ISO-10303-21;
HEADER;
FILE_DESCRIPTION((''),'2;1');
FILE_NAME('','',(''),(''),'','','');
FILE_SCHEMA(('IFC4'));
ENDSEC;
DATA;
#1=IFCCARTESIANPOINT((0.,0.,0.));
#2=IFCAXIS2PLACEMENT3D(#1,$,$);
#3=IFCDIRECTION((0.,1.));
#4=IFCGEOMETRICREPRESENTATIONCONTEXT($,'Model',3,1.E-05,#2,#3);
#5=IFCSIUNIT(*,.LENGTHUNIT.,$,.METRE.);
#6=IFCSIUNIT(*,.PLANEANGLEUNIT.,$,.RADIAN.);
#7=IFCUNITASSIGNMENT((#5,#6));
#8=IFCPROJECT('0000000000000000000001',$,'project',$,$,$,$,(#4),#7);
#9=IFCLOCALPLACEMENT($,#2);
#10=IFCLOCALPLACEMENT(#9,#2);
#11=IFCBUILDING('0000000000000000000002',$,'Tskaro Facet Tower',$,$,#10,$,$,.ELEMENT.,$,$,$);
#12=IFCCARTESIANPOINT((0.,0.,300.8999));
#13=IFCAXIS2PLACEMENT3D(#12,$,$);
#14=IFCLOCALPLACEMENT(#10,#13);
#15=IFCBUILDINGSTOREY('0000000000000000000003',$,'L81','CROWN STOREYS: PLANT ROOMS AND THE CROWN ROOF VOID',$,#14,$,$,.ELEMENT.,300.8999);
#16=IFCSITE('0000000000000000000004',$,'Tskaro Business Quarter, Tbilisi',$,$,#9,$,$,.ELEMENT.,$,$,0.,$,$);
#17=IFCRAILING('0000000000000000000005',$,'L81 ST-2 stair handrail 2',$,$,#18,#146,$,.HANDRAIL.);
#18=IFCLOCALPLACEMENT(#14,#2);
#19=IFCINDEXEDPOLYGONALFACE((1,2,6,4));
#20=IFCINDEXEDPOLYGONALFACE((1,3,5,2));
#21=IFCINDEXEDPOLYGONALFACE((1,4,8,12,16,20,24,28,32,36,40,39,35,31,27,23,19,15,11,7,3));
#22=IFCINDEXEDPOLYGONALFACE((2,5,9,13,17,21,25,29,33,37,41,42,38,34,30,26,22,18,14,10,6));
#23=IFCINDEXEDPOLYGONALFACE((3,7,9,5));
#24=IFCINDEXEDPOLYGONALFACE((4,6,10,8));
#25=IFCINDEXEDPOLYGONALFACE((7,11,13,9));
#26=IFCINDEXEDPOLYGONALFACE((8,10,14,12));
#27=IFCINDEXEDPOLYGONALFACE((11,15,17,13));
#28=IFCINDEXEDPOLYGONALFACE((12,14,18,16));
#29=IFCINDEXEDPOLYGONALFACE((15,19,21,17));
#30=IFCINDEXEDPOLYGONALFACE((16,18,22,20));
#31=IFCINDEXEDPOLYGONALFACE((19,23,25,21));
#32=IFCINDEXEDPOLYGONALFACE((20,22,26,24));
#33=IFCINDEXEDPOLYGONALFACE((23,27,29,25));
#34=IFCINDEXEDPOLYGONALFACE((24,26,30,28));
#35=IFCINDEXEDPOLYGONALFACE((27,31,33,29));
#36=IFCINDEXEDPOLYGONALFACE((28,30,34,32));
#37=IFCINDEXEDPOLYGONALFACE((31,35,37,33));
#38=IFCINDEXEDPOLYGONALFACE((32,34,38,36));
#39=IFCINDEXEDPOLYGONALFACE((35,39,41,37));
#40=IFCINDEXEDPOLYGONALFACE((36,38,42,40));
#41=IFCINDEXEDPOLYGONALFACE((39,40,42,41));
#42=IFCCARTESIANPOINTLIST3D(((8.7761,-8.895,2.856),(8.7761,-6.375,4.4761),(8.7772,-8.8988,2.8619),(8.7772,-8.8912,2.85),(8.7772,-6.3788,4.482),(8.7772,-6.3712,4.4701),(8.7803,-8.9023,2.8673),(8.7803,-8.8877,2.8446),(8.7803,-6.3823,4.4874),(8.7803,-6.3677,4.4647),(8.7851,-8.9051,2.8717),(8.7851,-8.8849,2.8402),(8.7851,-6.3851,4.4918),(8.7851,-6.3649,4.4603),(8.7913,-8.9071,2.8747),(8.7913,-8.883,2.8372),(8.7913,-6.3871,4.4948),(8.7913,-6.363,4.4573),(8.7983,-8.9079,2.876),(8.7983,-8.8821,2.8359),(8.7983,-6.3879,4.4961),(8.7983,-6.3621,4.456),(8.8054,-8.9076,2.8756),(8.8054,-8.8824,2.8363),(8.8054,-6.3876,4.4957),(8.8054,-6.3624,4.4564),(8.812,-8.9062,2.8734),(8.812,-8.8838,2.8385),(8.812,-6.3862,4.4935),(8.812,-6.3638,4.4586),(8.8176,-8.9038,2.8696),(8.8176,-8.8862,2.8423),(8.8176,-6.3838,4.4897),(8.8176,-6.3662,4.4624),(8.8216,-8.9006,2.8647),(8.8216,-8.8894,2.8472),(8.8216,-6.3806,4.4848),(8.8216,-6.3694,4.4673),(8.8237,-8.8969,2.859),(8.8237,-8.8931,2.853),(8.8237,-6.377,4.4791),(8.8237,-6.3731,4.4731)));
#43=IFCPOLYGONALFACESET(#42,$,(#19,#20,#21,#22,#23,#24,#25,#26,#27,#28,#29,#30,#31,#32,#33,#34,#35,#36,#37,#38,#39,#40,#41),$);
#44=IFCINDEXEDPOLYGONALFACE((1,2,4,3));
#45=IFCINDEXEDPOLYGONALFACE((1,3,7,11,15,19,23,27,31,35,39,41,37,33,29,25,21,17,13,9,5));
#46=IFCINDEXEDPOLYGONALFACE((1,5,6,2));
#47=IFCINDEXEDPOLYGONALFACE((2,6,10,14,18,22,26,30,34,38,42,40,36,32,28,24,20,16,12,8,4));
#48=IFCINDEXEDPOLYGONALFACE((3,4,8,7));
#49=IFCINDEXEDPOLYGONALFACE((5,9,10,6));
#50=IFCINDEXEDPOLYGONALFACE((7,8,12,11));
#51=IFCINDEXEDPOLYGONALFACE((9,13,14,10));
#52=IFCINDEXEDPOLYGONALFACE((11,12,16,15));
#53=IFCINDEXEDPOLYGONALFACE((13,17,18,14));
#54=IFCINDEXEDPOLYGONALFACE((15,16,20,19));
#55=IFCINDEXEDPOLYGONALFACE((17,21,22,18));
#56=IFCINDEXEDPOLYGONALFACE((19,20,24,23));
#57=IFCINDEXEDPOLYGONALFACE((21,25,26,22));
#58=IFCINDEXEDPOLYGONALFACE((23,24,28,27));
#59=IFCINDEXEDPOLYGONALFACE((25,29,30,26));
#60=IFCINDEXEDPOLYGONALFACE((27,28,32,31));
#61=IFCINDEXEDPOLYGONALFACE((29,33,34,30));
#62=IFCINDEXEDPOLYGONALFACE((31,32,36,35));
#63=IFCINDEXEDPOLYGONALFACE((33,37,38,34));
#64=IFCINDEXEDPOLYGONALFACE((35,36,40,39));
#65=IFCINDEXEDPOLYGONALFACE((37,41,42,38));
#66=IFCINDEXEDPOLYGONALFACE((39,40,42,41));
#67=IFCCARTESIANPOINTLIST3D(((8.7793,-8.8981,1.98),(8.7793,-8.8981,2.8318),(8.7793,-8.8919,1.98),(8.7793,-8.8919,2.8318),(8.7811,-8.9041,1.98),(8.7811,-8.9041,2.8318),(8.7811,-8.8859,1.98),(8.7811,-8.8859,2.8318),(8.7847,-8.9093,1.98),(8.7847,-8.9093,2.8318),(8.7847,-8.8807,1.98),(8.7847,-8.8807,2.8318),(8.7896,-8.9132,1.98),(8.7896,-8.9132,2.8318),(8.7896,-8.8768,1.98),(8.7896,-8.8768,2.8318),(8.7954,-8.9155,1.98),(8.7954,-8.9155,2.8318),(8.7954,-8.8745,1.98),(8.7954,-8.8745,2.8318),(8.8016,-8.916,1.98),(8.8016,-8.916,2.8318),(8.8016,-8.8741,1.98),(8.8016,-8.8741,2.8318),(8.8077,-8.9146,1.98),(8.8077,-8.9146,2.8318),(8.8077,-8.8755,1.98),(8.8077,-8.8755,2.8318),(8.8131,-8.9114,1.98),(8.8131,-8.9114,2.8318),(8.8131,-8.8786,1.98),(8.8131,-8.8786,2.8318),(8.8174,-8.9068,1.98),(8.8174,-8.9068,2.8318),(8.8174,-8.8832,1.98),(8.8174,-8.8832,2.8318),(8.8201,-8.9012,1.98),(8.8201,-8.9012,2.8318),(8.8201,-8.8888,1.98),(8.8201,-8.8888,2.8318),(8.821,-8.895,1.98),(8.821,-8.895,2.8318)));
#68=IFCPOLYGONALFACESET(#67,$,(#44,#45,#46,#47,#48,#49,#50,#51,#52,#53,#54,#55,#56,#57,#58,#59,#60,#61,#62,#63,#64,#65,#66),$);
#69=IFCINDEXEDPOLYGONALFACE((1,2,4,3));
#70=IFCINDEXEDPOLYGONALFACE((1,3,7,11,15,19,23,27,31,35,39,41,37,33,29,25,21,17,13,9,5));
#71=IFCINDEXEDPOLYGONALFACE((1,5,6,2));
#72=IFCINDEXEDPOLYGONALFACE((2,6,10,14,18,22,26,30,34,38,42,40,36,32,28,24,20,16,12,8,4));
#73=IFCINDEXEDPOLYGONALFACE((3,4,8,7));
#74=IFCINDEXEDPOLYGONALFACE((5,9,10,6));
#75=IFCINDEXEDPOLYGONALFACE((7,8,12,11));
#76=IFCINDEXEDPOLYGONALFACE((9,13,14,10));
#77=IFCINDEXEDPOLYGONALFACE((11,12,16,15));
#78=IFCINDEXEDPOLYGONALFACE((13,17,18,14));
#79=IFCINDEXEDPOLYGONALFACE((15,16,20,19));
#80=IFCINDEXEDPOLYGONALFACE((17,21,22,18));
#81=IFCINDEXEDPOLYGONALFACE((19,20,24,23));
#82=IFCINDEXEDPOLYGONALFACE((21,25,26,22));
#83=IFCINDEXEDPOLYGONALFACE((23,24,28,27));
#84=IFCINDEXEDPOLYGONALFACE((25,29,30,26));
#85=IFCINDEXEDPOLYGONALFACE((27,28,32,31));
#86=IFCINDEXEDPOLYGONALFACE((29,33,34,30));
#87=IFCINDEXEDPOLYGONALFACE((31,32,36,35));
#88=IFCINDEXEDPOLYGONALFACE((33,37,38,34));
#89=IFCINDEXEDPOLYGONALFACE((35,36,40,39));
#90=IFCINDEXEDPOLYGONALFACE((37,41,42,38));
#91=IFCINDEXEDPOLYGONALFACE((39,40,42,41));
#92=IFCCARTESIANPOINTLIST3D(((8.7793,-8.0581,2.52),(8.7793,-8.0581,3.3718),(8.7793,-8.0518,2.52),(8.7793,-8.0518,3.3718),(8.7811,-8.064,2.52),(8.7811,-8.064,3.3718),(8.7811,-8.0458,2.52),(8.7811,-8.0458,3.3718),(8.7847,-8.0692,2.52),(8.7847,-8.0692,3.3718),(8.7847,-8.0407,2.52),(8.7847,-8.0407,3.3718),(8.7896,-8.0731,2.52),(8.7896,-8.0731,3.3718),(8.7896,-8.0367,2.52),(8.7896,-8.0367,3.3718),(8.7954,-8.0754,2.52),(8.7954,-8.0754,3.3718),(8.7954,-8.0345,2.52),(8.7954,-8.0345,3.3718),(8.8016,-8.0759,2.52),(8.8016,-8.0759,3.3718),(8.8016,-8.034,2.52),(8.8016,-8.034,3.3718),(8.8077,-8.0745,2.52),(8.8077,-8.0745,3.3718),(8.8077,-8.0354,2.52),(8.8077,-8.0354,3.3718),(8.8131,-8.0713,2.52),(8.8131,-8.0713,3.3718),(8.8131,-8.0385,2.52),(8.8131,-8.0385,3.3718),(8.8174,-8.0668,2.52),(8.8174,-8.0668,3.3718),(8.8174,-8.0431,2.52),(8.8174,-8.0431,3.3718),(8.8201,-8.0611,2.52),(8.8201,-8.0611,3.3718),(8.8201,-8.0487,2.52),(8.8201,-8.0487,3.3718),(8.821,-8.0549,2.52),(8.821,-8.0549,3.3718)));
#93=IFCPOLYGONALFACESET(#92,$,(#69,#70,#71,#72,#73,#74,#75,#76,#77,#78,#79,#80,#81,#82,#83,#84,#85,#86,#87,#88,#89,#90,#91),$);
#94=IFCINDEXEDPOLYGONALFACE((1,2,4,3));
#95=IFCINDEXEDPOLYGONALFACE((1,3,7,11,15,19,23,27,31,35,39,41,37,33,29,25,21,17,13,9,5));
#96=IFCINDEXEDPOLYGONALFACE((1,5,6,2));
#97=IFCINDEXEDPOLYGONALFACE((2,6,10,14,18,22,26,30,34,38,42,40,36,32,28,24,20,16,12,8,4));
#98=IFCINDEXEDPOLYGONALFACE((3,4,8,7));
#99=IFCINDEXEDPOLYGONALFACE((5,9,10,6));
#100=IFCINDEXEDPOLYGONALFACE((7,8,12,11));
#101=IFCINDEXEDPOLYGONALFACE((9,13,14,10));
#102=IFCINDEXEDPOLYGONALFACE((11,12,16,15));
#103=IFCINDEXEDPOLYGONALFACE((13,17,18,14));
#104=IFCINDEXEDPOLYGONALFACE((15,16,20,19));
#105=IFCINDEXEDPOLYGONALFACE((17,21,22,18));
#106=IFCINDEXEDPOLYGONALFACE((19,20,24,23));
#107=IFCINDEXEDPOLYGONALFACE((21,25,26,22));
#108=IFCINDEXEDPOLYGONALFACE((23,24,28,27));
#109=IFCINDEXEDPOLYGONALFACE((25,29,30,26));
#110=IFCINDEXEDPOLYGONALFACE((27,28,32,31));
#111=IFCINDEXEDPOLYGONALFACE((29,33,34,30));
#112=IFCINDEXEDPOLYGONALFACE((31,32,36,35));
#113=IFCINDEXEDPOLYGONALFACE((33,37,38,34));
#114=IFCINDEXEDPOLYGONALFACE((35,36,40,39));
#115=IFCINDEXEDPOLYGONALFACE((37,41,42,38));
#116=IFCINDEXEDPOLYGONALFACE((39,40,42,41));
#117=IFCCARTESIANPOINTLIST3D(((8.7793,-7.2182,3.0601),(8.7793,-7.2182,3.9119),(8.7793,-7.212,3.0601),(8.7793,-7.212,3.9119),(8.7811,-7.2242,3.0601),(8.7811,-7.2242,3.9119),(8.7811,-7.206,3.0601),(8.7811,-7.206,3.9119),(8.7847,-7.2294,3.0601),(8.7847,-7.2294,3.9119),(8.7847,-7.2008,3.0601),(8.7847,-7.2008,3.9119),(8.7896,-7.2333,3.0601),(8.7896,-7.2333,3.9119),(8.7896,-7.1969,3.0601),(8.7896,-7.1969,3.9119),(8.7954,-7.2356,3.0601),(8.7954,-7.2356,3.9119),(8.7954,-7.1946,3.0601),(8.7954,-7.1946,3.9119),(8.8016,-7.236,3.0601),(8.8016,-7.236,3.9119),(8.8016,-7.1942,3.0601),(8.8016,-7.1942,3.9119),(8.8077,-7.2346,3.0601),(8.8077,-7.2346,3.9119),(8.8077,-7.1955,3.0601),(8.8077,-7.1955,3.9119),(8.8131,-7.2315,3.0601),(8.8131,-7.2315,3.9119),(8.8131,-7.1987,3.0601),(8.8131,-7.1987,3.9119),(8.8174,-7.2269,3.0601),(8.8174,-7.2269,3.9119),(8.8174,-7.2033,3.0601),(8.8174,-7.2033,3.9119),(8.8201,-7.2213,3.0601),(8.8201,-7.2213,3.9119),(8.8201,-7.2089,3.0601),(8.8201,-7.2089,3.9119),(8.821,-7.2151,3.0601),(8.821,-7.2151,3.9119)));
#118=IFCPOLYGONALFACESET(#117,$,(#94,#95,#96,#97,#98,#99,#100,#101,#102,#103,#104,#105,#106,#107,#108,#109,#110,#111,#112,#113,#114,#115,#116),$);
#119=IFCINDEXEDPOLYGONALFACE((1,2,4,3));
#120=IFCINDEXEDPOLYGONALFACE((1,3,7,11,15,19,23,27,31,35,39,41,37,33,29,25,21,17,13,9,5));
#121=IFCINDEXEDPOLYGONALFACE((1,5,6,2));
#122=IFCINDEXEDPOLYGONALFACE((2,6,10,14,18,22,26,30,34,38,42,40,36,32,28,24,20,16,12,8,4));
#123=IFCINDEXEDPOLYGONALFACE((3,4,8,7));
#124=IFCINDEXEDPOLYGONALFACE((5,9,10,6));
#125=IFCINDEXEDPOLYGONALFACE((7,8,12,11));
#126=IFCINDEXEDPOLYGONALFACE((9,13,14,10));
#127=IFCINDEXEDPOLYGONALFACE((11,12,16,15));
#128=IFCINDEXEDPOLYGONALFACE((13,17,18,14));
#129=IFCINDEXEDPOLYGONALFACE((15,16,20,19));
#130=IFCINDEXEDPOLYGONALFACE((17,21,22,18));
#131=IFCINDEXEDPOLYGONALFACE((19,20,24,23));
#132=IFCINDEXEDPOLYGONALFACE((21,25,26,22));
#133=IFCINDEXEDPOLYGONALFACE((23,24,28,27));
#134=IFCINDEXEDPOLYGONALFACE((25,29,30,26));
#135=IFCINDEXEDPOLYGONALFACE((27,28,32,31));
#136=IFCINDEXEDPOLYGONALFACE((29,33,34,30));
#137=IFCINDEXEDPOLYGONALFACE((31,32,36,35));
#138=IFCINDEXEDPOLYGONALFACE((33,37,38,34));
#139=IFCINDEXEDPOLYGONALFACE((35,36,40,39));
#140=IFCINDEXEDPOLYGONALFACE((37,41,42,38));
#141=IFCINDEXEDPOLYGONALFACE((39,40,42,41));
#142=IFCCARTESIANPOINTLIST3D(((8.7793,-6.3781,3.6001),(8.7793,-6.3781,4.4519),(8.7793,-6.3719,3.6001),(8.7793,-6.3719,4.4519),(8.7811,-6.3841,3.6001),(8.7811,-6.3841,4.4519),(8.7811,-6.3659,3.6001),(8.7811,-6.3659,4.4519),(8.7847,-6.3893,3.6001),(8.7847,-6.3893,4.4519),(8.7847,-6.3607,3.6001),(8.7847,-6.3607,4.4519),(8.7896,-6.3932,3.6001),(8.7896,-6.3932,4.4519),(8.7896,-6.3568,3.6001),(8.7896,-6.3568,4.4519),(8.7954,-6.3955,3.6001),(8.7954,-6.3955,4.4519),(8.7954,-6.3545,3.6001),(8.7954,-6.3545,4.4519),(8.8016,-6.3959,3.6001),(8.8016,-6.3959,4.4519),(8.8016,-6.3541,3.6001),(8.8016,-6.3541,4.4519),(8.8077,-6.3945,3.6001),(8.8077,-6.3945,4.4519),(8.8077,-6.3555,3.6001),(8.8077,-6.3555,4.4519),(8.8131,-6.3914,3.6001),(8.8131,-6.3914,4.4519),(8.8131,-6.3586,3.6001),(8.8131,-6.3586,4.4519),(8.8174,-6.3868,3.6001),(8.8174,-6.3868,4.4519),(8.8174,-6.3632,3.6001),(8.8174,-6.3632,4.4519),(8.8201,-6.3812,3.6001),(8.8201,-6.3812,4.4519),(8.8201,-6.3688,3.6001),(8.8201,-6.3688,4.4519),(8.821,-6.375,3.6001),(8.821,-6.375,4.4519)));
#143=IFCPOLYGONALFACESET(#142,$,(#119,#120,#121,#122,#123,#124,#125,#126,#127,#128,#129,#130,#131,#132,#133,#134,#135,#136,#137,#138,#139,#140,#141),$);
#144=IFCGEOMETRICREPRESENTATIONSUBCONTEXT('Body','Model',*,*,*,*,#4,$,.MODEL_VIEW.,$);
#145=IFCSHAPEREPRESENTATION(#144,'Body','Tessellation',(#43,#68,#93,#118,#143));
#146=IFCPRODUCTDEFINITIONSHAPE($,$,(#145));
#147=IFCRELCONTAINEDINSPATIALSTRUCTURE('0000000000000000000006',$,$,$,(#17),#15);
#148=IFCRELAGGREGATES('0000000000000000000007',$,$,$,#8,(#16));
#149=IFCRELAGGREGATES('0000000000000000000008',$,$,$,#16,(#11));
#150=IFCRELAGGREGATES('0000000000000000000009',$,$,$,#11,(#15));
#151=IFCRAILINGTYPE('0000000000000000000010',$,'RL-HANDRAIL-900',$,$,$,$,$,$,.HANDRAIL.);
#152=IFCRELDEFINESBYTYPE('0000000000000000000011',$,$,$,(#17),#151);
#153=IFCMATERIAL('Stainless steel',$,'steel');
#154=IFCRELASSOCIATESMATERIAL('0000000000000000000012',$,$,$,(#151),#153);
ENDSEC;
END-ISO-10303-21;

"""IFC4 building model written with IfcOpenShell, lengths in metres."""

from ifc_helpers import new_model, si_unit, direction, frame, origin, origin_2d, place, context, subcontext, project, spatial, circle, extrude, material, type_object, element, save


model = new_model("IFC4")

# Units and contexts
model_context = context("Model", 3, precision=1e-05, world=origin(), true_north=direction((0.0, 1.0)))
body_context = subcontext(model_context, "Body", "Model", "MODEL_VIEW")
ifc_project = project(units=[si_unit("LENGTHUNIT", "METRE"), si_unit("PLANEANGLEUNIT", "RADIAN")], contexts=[model_context])

# Site, building, storey
site_placement = place(None, origin())
site = spatial("IfcSite", under=ifc_project, at=site_placement, Name="Tskaro Business Quarter, Tbilisi", CompositionType="ELEMENT", RefElevation=0.0)
building_placement = place(site_placement, origin())
building = spatial("IfcBuilding", under=site, at=building_placement, Name="Tskaro Facet Tower", CompositionType="ELEMENT")
storey_placement = place(building_placement, frame((0.0, 0.0, 300.8999)))
storey = spatial("IfcBuildingStorey", under=building, at=storey_placement, Name="L81", Description="CROWN STOREYS: PLANT ROOMS AND THE CROWN ROOF VOID", CompositionType="ELEMENT", Elevation=300.8999)

# Railing
ifc_material_1 = material(Name="Stainless steel", Category="steel")
railing_type_1 = type_object("IfcRailingType", Name="RL-HANDRAIL-900", PredefinedType="HANDRAIL", material=ifc_material_1)
for number, where, name in (
    (1, (8.8, -8.895, 1.98), "L81 ST-2 stair handrail 2"),
):
    element("IfcRailing", number, at=place(storey_placement, frame(where)), inside=storey, type_object=railing_type_1, Name=name, PredefinedType="HANDRAIL", context=body_context, shape_type="SweptSolid", body=[
        extrude(circle(Radius=0.0239, at=origin_2d()), frame((0.0, 0.0, 0.876), z_axis=(0.0, 0.841163, 0.540782), x_axis=(-1.0, 0.0, 0.0)), (0.0, 0.0, 1.0), 2.9958),
        extrude(circle(Radius=0.021, at=origin_2d()), origin(), (0.0, 0.0, 1.0), 0.8518),
        extrude(circle(Radius=0.021, at=origin_2d()), frame((0.0, 0.8401, 0.54)), (0.0, 0.0, 1.0), 0.8518),
        extrude(circle(Radius=0.021, at=origin_2d()), frame((0.0, 1.6799, 1.0801)), (0.0, 0.0, 1.0), 0.8518),
        extrude(circle(Radius=0.021, at=origin_2d()), frame((0.0, 2.52, 1.6201)), (0.0, 0.0, 1.0), 0.8518),
    ])

save(model, "model.ifc")
